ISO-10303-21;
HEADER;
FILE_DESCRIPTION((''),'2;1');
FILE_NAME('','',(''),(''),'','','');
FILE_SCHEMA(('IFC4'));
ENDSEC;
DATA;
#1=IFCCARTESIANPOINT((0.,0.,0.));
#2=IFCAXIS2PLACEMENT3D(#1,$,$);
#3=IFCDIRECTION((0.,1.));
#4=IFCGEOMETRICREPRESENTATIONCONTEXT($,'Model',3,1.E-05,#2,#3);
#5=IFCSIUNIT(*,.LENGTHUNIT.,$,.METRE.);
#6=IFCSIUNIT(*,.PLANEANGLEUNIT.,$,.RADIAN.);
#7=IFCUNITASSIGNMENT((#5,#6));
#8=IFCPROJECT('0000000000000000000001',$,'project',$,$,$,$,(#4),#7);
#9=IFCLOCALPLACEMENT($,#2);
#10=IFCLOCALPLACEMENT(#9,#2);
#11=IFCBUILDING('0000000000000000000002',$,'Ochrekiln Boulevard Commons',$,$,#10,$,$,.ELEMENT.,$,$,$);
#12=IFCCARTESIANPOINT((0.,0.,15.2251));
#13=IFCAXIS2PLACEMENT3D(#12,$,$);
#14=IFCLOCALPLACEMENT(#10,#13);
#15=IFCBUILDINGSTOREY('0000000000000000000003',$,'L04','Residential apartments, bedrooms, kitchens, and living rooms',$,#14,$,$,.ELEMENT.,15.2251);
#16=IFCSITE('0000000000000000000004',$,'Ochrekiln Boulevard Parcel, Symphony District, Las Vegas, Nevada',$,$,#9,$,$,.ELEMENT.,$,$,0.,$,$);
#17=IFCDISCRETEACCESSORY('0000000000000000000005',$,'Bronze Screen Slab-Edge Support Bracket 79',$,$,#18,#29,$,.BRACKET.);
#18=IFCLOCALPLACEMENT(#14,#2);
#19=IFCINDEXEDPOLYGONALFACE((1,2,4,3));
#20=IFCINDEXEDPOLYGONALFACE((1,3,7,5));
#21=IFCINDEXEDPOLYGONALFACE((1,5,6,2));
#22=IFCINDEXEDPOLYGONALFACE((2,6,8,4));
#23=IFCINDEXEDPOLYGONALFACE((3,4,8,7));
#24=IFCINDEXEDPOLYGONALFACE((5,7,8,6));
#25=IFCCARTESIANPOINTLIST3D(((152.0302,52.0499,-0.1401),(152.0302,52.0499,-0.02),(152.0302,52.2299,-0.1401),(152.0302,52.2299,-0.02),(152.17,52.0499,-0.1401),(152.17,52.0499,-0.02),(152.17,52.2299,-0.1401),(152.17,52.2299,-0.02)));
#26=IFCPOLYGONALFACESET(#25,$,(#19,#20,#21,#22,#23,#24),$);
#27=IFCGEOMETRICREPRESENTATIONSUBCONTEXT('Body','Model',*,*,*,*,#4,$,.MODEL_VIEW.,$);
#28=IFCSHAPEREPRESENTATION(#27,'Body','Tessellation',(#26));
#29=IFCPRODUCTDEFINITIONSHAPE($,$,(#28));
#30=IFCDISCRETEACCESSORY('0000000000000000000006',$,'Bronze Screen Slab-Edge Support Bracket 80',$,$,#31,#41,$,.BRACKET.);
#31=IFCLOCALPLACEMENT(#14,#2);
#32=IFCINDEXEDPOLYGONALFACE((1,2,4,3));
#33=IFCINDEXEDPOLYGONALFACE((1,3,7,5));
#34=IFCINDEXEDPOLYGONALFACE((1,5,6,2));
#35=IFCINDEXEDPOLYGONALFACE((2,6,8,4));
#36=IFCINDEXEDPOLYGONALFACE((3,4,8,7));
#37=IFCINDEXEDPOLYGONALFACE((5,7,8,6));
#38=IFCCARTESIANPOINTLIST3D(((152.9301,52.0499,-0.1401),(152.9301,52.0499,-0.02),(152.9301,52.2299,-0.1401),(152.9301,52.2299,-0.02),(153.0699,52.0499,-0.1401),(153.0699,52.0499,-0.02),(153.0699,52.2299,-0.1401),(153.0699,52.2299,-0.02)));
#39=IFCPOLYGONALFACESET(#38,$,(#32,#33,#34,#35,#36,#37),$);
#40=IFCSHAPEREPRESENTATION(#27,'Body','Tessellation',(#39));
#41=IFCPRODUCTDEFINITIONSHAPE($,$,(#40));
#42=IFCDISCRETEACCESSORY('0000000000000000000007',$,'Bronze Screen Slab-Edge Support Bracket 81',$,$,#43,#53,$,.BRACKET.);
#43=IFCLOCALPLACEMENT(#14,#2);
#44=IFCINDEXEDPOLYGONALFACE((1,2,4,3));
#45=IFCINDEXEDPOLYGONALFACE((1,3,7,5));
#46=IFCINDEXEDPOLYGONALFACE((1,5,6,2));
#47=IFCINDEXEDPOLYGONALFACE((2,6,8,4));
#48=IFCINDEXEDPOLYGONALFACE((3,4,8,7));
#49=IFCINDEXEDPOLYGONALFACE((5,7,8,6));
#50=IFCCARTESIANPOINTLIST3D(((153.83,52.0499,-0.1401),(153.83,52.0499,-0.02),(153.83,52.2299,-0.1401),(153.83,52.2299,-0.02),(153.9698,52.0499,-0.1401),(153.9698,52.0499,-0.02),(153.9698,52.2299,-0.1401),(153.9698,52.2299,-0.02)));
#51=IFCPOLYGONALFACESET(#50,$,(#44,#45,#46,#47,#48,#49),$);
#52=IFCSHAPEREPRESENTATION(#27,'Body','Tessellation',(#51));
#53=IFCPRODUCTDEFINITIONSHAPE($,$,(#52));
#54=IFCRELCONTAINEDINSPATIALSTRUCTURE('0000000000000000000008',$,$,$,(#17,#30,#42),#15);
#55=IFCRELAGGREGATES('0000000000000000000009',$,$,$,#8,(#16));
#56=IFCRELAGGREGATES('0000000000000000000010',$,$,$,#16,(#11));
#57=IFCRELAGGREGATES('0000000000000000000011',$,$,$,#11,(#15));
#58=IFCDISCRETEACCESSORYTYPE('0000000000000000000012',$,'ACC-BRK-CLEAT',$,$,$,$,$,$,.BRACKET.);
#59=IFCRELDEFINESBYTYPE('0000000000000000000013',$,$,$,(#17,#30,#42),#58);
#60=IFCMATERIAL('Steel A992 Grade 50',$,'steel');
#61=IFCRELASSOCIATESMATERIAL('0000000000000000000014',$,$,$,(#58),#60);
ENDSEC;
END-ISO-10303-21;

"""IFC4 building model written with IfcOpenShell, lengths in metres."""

from ifc_helpers import new_model, si_unit, direction, frame, origin, origin_2d, place, context, subcontext, project, spatial, rectangle, extrude, material, type_object, element, save


model = new_model("IFC4")

# Units and contexts
model_context = context("Model", 3, precision=1e-05, world=origin(), true_north=direction((0.0, 1.0)))
body_context = subcontext(model_context, "Body", "Model", "MODEL_VIEW")
ifc_project = project(units=[si_unit("LENGTHUNIT", "METRE"), si_unit("PLANEANGLEUNIT", "RADIAN")], contexts=[model_context])

# Site, building, storey
site_placement = place(None, origin())
site = spatial("IfcSite", under=ifc_project, at=site_placement, Name="Ochrekiln Boulevard Parcel, Symphony District, Las Vegas, Nevada", CompositionType="ELEMENT", RefElevation=0.0)
building_placement = place(site_placement, origin())
building = spatial("IfcBuilding", under=site, at=building_placement, Name="Ochrekiln Boulevard Commons", CompositionType="ELEMENT")
storey_placement = place(building_placement, frame((0.0, 0.0, 15.2251)))
storey = spatial("IfcBuildingStorey", under=building, at=storey_placement, Name="L04", Description="Residential apartments, bedrooms, kitchens, and living rooms", CompositionType="ELEMENT", Elevation=15.2251)

# Discrete accessories
ifc_material_1 = material(Name="Steel A992 Grade 50", Category="steel")
discrete_accessory_type = type_object("IfcDiscreteAccessoryType", Name="ACC-BRK-CLEAT", PredefinedType="BRACKET", material=ifc_material_1)
for number, where, z_axis, x_axis, name in (
    (1, (152.1001, 52.1399, -0.1401), (0.0, 0.0, 1.0), (1.0, 0.0, 0.0), "Bronze Screen Slab-Edge Support Bracket 79"),
    (2, (153.0, 52.1399, -0.1401), (0.0, 0.0, 1.0), (1.0, 0.0, 0.0), "Bronze Screen Slab-Edge Support Bracket 80"),
    (3, (153.8999, 52.1399, -0.1401), (0.0, 0.0, 1.0), (1.0, 0.0, 0.0), "Bronze Screen Slab-Edge Support Bracket 81"),
):
    element("IfcDiscreteAccessory", number, at=place(storey_placement, frame(where, z_axis=z_axis, x_axis=x_axis)), inside=storey, type_object=discrete_accessory_type, Name=name, PredefinedType="BRACKET", context=body_context, shape_type="SweptSolid", body=[
        extrude(rectangle(XDim=0.1399, YDim=0.1799, at=origin_2d()), origin(), (0.0, 0.0, 1.0), 0.1201),
    ])

save(model, "model.ifc")
